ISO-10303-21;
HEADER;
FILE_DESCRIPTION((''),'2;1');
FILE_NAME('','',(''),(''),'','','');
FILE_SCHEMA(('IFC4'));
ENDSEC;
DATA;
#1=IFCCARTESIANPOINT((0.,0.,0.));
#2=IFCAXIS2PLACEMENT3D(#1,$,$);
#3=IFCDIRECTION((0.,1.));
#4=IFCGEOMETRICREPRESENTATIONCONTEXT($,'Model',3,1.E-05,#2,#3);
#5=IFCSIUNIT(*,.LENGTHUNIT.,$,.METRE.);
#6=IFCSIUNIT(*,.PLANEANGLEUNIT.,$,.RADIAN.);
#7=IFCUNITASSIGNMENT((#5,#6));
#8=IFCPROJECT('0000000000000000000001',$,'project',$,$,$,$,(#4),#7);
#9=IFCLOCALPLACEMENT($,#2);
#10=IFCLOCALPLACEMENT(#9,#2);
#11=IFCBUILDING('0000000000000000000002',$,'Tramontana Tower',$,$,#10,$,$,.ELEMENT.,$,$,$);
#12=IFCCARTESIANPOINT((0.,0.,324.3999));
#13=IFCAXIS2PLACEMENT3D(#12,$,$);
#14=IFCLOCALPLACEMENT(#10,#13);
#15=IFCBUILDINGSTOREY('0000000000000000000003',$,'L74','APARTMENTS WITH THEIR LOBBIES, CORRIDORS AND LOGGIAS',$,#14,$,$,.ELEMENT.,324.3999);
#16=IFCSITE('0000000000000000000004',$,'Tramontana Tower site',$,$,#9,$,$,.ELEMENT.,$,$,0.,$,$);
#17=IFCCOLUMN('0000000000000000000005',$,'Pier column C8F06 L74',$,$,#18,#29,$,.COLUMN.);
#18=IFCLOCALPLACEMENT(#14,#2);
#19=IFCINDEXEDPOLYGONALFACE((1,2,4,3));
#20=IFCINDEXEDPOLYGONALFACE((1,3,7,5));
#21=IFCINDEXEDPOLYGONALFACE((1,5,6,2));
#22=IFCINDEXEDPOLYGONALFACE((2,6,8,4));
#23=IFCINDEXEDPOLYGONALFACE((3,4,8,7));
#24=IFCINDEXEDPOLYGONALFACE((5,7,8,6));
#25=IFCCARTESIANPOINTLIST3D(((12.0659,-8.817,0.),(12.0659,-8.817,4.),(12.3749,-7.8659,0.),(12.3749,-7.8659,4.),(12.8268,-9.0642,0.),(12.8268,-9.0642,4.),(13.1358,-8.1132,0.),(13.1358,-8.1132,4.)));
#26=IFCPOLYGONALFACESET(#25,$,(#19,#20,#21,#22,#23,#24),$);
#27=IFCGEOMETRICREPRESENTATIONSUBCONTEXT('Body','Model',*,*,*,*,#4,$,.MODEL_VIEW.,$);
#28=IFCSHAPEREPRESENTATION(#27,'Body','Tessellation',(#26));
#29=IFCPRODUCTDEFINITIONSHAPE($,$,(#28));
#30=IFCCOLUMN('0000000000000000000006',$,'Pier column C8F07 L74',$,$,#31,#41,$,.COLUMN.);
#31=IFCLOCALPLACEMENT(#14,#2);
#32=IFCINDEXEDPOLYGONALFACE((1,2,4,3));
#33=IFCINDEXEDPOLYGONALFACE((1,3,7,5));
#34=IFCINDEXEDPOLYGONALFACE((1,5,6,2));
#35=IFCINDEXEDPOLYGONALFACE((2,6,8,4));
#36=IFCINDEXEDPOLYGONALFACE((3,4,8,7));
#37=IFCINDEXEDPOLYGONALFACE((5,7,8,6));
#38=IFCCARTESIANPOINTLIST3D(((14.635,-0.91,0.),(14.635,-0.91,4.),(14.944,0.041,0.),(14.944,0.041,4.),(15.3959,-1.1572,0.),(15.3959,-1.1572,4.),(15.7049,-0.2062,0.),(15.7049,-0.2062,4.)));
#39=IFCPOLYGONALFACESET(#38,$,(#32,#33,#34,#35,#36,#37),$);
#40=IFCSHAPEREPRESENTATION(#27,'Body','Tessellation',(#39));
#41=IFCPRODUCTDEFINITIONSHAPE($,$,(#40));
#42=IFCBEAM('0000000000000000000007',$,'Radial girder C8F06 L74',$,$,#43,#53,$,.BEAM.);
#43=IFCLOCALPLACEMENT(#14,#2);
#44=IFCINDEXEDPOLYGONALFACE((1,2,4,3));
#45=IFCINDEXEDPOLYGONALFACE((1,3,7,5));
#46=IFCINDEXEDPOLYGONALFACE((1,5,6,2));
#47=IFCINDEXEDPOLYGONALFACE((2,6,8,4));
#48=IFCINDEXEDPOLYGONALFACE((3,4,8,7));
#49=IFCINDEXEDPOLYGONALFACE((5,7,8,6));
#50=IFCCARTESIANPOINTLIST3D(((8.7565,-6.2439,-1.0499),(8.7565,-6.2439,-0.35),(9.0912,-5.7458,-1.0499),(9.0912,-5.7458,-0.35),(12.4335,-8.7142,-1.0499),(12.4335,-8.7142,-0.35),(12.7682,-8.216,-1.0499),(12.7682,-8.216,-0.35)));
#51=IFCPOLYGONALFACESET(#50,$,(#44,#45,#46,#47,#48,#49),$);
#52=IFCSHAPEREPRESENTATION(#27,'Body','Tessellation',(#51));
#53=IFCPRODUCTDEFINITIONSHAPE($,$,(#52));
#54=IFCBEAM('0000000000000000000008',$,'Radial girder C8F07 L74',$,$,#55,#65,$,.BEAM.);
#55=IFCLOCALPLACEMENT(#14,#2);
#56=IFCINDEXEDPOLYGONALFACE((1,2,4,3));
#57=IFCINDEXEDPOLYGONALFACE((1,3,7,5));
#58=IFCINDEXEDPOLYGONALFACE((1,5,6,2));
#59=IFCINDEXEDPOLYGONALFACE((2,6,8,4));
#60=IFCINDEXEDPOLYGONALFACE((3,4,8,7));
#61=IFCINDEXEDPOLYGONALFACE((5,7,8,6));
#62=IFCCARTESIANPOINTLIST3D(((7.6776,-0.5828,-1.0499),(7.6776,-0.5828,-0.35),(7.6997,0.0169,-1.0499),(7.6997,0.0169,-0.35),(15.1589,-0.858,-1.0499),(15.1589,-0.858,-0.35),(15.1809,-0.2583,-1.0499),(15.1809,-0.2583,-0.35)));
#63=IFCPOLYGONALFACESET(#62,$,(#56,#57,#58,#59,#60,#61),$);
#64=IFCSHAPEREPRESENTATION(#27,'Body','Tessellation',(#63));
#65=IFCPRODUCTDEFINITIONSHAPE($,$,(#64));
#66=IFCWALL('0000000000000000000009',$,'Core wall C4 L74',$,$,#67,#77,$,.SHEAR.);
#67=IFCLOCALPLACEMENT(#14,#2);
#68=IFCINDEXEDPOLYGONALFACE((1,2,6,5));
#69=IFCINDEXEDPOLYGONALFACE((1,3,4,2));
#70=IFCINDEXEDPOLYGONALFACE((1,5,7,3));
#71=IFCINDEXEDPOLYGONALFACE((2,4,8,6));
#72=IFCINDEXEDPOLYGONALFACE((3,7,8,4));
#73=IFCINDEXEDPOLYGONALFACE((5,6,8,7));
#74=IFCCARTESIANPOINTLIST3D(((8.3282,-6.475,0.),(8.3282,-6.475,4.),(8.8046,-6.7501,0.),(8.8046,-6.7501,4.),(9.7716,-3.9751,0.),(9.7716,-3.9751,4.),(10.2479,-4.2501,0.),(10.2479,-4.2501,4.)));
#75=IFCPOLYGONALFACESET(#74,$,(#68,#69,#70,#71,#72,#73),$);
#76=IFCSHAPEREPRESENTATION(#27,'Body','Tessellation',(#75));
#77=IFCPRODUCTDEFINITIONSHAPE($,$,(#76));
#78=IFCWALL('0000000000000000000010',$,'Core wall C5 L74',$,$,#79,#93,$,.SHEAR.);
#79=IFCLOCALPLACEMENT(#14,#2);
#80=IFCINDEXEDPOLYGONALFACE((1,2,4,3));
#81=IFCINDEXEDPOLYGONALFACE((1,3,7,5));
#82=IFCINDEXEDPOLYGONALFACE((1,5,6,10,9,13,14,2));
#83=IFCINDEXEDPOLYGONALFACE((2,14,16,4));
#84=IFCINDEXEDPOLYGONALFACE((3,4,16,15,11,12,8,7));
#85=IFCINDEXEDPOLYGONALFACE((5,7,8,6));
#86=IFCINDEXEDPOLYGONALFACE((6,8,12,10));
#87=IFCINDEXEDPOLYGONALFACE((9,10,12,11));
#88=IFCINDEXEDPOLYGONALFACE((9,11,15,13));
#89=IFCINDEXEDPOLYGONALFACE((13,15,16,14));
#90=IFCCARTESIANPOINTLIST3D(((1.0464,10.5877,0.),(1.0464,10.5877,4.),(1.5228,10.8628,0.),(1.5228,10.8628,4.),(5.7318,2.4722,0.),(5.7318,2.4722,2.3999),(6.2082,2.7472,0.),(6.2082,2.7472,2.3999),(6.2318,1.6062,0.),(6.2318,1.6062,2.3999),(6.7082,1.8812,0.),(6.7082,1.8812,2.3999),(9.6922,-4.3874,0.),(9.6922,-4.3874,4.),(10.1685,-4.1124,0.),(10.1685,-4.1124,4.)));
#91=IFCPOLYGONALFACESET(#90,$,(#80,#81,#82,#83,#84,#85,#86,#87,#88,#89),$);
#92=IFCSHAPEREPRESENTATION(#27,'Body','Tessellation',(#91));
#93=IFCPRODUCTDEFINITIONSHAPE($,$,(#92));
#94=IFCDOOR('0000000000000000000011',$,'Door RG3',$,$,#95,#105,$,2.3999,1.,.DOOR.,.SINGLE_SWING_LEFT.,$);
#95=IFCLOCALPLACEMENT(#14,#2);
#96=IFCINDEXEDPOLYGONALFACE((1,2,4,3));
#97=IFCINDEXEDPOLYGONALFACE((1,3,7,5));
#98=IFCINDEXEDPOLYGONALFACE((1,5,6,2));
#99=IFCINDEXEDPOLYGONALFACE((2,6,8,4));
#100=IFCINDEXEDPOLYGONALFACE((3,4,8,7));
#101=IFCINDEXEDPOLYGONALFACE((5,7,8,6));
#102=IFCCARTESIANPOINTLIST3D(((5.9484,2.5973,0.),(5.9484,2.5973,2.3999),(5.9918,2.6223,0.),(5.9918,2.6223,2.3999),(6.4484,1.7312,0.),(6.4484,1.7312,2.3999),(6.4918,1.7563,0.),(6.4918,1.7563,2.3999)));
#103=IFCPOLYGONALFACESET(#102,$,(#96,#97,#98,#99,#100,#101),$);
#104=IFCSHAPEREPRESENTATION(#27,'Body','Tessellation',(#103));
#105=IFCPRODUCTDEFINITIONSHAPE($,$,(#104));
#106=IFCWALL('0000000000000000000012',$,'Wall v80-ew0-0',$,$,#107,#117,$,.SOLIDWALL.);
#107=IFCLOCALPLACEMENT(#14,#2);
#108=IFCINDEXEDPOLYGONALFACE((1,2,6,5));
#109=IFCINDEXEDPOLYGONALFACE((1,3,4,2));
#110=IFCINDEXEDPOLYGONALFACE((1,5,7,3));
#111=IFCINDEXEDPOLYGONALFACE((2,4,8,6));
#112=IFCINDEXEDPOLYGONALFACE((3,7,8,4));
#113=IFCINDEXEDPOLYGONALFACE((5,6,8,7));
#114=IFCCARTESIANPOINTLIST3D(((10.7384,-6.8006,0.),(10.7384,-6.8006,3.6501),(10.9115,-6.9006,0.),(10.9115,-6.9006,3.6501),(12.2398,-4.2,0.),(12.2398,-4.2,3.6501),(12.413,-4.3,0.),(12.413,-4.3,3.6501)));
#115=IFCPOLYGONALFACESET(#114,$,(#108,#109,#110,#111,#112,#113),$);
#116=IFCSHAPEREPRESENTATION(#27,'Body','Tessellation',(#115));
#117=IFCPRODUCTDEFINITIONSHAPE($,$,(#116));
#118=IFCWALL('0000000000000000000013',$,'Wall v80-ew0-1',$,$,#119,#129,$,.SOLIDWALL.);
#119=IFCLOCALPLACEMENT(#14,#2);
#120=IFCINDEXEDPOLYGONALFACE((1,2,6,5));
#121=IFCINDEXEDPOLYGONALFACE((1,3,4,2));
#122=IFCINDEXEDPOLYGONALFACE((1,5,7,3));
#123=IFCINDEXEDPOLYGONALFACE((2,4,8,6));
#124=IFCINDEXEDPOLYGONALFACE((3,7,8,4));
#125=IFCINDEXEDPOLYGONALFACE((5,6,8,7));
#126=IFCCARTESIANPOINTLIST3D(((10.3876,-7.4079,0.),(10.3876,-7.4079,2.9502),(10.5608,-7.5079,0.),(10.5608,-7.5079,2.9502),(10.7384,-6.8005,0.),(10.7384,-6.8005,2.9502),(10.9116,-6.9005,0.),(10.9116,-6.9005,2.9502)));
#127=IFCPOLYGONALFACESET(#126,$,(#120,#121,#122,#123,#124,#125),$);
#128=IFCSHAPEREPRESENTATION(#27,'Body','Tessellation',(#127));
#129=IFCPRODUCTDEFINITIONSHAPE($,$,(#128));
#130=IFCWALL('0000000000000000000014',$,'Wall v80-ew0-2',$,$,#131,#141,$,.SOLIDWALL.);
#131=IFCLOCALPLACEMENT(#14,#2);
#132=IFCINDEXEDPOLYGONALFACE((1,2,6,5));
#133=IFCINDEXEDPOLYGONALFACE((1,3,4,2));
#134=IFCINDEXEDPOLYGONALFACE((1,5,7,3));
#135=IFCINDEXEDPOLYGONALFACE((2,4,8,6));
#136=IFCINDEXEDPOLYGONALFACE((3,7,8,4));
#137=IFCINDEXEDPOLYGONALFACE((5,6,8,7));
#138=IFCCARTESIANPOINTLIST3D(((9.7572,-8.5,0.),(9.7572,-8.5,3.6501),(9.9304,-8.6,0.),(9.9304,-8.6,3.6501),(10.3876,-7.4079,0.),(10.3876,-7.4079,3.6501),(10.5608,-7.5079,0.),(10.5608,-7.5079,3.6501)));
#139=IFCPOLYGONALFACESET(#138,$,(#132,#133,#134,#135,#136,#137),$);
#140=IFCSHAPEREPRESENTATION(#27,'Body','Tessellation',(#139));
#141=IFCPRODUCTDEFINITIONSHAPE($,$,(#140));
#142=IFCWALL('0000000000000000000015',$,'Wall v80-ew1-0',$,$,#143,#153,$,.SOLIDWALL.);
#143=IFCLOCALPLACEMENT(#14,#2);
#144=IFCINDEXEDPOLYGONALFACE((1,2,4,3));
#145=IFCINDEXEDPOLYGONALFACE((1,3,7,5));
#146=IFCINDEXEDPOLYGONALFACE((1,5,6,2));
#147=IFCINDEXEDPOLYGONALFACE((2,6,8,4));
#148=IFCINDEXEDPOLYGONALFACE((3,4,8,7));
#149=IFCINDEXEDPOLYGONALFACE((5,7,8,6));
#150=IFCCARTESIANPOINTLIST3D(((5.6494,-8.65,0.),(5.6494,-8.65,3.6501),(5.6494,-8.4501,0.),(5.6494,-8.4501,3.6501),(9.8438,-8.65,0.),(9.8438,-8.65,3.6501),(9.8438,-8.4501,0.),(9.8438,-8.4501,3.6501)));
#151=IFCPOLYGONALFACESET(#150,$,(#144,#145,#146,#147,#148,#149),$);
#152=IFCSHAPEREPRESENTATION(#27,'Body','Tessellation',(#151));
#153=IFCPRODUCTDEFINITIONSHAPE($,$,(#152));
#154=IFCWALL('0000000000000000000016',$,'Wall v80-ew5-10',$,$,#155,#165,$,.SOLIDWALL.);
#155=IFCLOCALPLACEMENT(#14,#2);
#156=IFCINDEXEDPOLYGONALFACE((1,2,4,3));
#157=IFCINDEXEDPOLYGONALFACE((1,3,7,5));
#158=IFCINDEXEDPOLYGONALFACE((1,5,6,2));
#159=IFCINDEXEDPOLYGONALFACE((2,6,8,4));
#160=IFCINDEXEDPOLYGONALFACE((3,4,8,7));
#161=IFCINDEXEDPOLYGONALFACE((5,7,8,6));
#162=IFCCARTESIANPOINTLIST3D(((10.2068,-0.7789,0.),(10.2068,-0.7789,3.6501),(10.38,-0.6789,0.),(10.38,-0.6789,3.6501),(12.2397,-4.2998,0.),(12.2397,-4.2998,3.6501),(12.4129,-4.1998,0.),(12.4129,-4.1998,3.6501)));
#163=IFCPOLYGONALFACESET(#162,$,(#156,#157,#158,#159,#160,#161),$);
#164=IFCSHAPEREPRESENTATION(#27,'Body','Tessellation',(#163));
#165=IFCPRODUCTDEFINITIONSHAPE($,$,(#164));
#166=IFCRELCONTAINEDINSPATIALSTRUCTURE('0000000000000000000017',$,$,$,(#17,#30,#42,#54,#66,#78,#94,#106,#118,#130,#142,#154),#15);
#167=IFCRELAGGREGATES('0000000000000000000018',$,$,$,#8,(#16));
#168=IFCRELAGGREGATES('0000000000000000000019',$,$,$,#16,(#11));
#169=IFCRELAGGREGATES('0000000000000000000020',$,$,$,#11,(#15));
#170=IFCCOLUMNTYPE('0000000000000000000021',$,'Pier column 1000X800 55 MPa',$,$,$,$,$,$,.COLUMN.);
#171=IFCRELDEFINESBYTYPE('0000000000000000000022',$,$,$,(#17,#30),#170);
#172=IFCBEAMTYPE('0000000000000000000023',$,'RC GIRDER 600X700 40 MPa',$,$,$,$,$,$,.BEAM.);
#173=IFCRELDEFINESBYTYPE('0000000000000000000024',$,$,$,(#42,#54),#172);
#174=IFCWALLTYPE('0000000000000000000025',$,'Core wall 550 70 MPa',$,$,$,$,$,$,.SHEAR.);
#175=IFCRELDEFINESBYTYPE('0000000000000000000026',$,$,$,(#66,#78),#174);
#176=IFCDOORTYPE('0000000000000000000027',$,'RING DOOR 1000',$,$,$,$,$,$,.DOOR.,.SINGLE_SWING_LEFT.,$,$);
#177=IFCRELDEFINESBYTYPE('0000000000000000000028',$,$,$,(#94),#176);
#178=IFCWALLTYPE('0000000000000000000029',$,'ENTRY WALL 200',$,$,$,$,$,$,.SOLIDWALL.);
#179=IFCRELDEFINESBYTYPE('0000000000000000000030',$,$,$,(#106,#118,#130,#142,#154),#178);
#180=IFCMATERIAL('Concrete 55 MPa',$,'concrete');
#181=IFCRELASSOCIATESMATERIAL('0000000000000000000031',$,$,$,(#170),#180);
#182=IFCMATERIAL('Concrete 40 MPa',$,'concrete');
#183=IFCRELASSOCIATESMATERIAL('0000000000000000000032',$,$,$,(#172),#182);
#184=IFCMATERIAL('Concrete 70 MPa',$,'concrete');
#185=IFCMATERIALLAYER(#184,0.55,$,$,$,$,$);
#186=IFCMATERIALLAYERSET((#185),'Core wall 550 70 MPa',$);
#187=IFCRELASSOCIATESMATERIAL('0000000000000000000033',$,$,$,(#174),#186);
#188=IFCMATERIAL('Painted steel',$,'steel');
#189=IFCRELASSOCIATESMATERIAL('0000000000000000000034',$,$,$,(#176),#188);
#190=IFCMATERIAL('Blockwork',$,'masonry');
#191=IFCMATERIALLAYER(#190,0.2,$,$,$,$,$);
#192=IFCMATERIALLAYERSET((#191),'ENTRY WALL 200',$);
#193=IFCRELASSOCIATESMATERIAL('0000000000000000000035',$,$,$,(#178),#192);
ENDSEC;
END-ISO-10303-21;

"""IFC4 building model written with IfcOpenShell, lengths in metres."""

from ifc_helpers import new_model, si_unit, direction, frame, frame_2d, origin, origin_2d, place, context, subcontext, project, spatial, rectangle, extrude, material, layer, layer_set, material_profile, profile_set, type_object, element, fill, save


model = new_model("IFC4")

# Units and contexts
model_context = context("Model", 3, precision=1e-05, world=origin(), true_north=direction((0.0, 1.0)))
body_context = subcontext(model_context, "Body", "Model", "MODEL_VIEW")
ifc_project = project(units=[si_unit("LENGTHUNIT", "METRE"), si_unit("PLANEANGLEUNIT", "RADIAN")], contexts=[model_context])

# Site, building, storey
site_placement = place(None, origin())
site = spatial("IfcSite", under=ifc_project, at=site_placement, Name="Tramontana Tower site", CompositionType="ELEMENT", RefElevation=0.0)
building_placement = place(site_placement, origin())
building = spatial("IfcBuilding", under=site, at=building_placement, Name="Tramontana Tower", CompositionType="ELEMENT")
storey_placement = place(building_placement, frame((0.0, 0.0, 324.3999)))
storey = spatial("IfcBuildingStorey", under=building, at=storey_placement, Name="L74", Description="APARTMENTS WITH THEIR LOBBIES, CORRIDORS AND LOGGIAS", CompositionType="ELEMENT", Elevation=324.3999)

# Columns
ifc_material_1 = material(Name="Concrete 55 MPa", Category="concrete")
ifc_material_profile_1 = material_profile(ifc_material_1, rectangle(XDim=1.0, YDim=0.8, at=origin_2d()), Name="Pier column 1000X800 55 MPa")
ifc_profile_set_1 = profile_set([ifc_material_profile_1], Name="Concrete 55 MPa")
column_type = type_object("IfcColumnType", Name="Pier column 1000X800 55 MPa", PredefinedType="COLUMN", material=ifc_profile_set_1)
for number, where, z_axis, x_axis, name in (
    (1, (12.6008, -8.4651, 0.0), (0.0, 0.0, 1.0), (0.309017, 0.951057, 0.0), "Pier column C8F06 L74"),
    (2, (15.1699, -0.5581, 0.0), (0.0, 0.0, 1.0), (0.309017, 0.951057, 0.0), "Pier column C8F07 L74"),
):
    element("IfcColumn", number, at=place(storey_placement, frame(where, z_axis=z_axis, x_axis=x_axis)), inside=storey, type_object=column_type, Name=name, PredefinedType="COLUMN", context=body_context, shape_type="SweptSolid", body=[
        extrude(rectangle(XDim=1.0, YDim=0.8, at=origin_2d()), origin(), (0.0, 0.0, 1.0), 4.0),
    ])

# Beams
ifc_material_2 = material(Name="Concrete 40 MPa", Category="concrete")
ifc_material_profile_2 = material_profile(ifc_material_2, rectangle(XDim=0.6001, YDim=0.7, at=origin_2d()), Name="RC GIRDER 600X700 40 MPa")
ifc_profile_set_2 = profile_set([ifc_material_profile_2], Name="Concrete 40 MPa")
beam_type = type_object("IfcBeamType", Name="RC GIRDER 600X700 40 MPa", PredefinedType="BEAM", material=ifc_profile_set_2)
beam_1_placement = place(storey_placement, frame((12.6008, -8.4651, -0.7), z_axis=(-0.830078, 0.557647, 0.0), x_axis=(-0.557647, -0.830078, 0.0)))
element("IfcBeam", 3, at=beam_1_placement, inside=storey, type_object=beam_type, Name="Radial girder C8F06 L74", PredefinedType="BEAM", context=body_context, shape_type="SweptSolid", body=[
    extrude(rectangle(XDim=0.6001, YDim=0.7, at=origin_2d()), origin(), (0.0, 0.0, 1.0), 4.4297),
])
beam_2_placement = place(storey_placement, frame((15.1699, -0.5581, -0.7), z_axis=(-0.999324, 0.036754, 0.0), x_axis=(-0.036754, -0.999324, 0.0)))
element("IfcBeam", 4, at=beam_2_placement, inside=storey, type_object=beam_type, Name="Radial girder C8F07 L74", PredefinedType="BEAM", context=body_context, shape_type="SweptSolid", body=[
    extrude(rectangle(XDim=0.6001, YDim=0.7, at=origin_2d()), origin(), (0.0, 0.0, 1.0), 7.4863),
])

# Wall
ifc_material_3 = material(Name="Concrete 70 MPa", Category="concrete")
ifc_layer_1 = layer(ifc_material_3, 0.55)
ifc_layer_set_1 = layer_set([ifc_layer_1], Name="Core wall 550 70 MPa")
wall_type_1 = type_object("IfcWallType", Name="Core wall 550 70 MPa", PredefinedType="SHEAR", material=ifc_layer_set_1)
wall_1_placement = place(storey_placement, frame((8.5664, -6.6125, 0.0), z_axis=(0.0, 0.0, 1.0), x_axis=(0.499996, 0.866028, 0.0)))
element("IfcWall", 5, at=wall_1_placement, inside=storey, type_object=wall_type_1, Name="Core wall C4 L74", PredefinedType="SHEAR", context=body_context, shape_type="SweptSolid", body=[
    extrude(rectangle(XDim=2.8867, YDim=0.55, at=frame_2d((1.4434, 0.0))), origin(), (0.0, 0.0, 1.0), 4.0),
])

# Wall, opening, door
wall_2_placement = place(storey_placement, frame((9.9304, -4.25, 0.0), z_axis=(0.0, 0.0, 1.0), x_axis=(-0.499995, 0.866029, 0.0)))
wall_2 = element("IfcWall", 6, at=wall_2_placement, inside=storey, type_object=wall_type_1, Name="Core wall C5 L74", PredefinedType="SHEAR", context=body_context, shape_type="SweptSolid", body=[
    extrude(rectangle(XDim=17.2917, YDim=0.55, at=frame_2d((8.646, 0.0))), origin(), (0.0, 0.0, 1.0), 4.0),
])
opening_1_placement = place(wall_2_placement, frame((6.9209, 0.0, 0.0)))
opening_1 = element("IfcOpeningElement", 7, at=opening_1_placement, cuts=wall_2, PredefinedType="OPENING", context=body_context, shape_type="SweptSolid", body=[
    extrude(rectangle(XDim=1.0, YDim=2.3999, at=frame_2d((0.5, 1.2))), frame((0.0, 0.2849, 0.0), z_axis=(0.0, -1.0, 0.0), x_axis=(1.0, 0.0, 0.0)), (0.0, 0.0, 1.0), 0.5701),
])
ifc_material_4 = material(Name="Painted steel", Category="steel")
door_type_1 = type_object("IfcDoorType", Name="RING DOOR 1000", OperationType="SINGLE_SWING_LEFT", PredefinedType="DOOR", material=ifc_material_4)
door_1_placement = place(opening_1_placement, origin())
door_1 = element("IfcDoor", 8, at=door_1_placement, inside=storey, type_object=door_type_1, Name="Door RG3", OperationType="SINGLE_SWING_LEFT", OverallHeight=2.3999, OverallWidth=1.0, PredefinedType="DOOR", context=body_context, shape_type="SweptSolid", body=[
    extrude(rectangle(XDim=1.0, YDim=2.3999, at=frame_2d((0.5, 1.2))), frame((0.0, 0.0249, 0.0), z_axis=(0.0, -1.0, 0.0), x_axis=(1.0, 0.0, 0.0)), (0.0, 0.0, 1.0), 0.05),
])
fill(opening_1, door_1)

# Walls
ifc_material_5 = material(Name="Blockwork", Category="masonry")
ifc_layer_2 = layer(ifc_material_5, 0.2)
ifc_layer_set_2 = layer_set([ifc_layer_2], Name="ENTRY WALL 200")
wall_type_2 = type_object("IfcWallType", Name="ENTRY WALL 200", PredefinedType="SOLIDWALL", material=ifc_layer_set_2)
wall_3_placement = place(storey_placement, frame((12.3264, -4.25, 0.0), z_axis=(0.0, 0.0, 1.0), x_axis=(-0.500004, -0.866023, 0.0)))
element("IfcWall", 9, at=wall_3_placement, inside=storey, type_object=wall_type_2, Name="Wall v80-ew0-0", PredefinedType="SOLIDWALL", context=body_context, shape_type="SweptSolid", body=[
    extrude(rectangle(XDim=3.0029, YDim=0.2, at=frame_2d((1.5015, 0.0))), origin(), (0.0, 0.0, 1.0), 3.6501),
])
wall_4_placement = place(storey_placement, frame((10.825, -6.8506, 0.0), z_axis=(0.0, 0.0, 1.0), x_axis=(-0.500144, -0.865942, 0.0)))
element("IfcWall", 10, at=wall_4_placement, inside=storey, type_object=wall_type_2, Name="Wall v80-ew0-1", PredefinedType="SOLIDWALL", context=body_context, shape_type="SweptSolid", body=[
    extrude(rectangle(XDim=0.7014, YDim=0.2, at=frame_2d((0.3506, 0.0))), origin(), (0.0, 0.0, 1.0), 2.9502),
])
wall_5_placement = place(storey_placement, frame((10.4741, -7.458, 0.0), z_axis=(0.0, 0.0, 1.0), x_axis=(-0.499929, -0.866066, 0.0)))
element("IfcWall", 11, at=wall_5_placement, inside=storey, type_object=wall_type_2, Name="Wall v80-ew0-2", PredefinedType="SOLIDWALL", context=body_context, shape_type="SweptSolid", body=[
    extrude(rectangle(XDim=1.261, YDim=0.2, at=frame_2d((0.6304, 0.0))), origin(), (0.0, 0.0, 1.0), 3.6501),
])
wall_6_placement = place(storey_placement, frame((9.8438, -8.55, 0.0), z_axis=(0.0, 0.0, 1.0), x_axis=(-1.0, 0.0, 0.0)))
element("IfcWall", 12, at=wall_6_placement, inside=storey, type_object=wall_type_2, Name="Wall v80-ew1-0", PredefinedType="SOLIDWALL", context=body_context, shape_type="SweptSolid", body=[
    extrude(rectangle(XDim=4.1943, YDim=0.2, at=frame_2d((2.0972, 0.0))), origin(), (0.0, 0.0, 1.0), 3.6501),
])
wall_7_placement = place(storey_placement, frame((10.2935, -0.729, 0.0), z_axis=(0.0, 0.0, 1.0), x_axis=(0.50002, -0.866014, 0.0)))
element("IfcWall", 13, at=wall_7_placement, inside=storey, type_object=wall_type_2, Name="Wall v80-ew5-10", PredefinedType="SOLIDWALL", context=body_context, shape_type="SweptSolid", body=[
    extrude(rectangle(XDim=4.0657, YDim=0.2, at=frame_2d((2.0327, 0.0))), origin(), (0.0, 0.0, 1.0), 3.6501),
])

save(model, "model.ifc")
